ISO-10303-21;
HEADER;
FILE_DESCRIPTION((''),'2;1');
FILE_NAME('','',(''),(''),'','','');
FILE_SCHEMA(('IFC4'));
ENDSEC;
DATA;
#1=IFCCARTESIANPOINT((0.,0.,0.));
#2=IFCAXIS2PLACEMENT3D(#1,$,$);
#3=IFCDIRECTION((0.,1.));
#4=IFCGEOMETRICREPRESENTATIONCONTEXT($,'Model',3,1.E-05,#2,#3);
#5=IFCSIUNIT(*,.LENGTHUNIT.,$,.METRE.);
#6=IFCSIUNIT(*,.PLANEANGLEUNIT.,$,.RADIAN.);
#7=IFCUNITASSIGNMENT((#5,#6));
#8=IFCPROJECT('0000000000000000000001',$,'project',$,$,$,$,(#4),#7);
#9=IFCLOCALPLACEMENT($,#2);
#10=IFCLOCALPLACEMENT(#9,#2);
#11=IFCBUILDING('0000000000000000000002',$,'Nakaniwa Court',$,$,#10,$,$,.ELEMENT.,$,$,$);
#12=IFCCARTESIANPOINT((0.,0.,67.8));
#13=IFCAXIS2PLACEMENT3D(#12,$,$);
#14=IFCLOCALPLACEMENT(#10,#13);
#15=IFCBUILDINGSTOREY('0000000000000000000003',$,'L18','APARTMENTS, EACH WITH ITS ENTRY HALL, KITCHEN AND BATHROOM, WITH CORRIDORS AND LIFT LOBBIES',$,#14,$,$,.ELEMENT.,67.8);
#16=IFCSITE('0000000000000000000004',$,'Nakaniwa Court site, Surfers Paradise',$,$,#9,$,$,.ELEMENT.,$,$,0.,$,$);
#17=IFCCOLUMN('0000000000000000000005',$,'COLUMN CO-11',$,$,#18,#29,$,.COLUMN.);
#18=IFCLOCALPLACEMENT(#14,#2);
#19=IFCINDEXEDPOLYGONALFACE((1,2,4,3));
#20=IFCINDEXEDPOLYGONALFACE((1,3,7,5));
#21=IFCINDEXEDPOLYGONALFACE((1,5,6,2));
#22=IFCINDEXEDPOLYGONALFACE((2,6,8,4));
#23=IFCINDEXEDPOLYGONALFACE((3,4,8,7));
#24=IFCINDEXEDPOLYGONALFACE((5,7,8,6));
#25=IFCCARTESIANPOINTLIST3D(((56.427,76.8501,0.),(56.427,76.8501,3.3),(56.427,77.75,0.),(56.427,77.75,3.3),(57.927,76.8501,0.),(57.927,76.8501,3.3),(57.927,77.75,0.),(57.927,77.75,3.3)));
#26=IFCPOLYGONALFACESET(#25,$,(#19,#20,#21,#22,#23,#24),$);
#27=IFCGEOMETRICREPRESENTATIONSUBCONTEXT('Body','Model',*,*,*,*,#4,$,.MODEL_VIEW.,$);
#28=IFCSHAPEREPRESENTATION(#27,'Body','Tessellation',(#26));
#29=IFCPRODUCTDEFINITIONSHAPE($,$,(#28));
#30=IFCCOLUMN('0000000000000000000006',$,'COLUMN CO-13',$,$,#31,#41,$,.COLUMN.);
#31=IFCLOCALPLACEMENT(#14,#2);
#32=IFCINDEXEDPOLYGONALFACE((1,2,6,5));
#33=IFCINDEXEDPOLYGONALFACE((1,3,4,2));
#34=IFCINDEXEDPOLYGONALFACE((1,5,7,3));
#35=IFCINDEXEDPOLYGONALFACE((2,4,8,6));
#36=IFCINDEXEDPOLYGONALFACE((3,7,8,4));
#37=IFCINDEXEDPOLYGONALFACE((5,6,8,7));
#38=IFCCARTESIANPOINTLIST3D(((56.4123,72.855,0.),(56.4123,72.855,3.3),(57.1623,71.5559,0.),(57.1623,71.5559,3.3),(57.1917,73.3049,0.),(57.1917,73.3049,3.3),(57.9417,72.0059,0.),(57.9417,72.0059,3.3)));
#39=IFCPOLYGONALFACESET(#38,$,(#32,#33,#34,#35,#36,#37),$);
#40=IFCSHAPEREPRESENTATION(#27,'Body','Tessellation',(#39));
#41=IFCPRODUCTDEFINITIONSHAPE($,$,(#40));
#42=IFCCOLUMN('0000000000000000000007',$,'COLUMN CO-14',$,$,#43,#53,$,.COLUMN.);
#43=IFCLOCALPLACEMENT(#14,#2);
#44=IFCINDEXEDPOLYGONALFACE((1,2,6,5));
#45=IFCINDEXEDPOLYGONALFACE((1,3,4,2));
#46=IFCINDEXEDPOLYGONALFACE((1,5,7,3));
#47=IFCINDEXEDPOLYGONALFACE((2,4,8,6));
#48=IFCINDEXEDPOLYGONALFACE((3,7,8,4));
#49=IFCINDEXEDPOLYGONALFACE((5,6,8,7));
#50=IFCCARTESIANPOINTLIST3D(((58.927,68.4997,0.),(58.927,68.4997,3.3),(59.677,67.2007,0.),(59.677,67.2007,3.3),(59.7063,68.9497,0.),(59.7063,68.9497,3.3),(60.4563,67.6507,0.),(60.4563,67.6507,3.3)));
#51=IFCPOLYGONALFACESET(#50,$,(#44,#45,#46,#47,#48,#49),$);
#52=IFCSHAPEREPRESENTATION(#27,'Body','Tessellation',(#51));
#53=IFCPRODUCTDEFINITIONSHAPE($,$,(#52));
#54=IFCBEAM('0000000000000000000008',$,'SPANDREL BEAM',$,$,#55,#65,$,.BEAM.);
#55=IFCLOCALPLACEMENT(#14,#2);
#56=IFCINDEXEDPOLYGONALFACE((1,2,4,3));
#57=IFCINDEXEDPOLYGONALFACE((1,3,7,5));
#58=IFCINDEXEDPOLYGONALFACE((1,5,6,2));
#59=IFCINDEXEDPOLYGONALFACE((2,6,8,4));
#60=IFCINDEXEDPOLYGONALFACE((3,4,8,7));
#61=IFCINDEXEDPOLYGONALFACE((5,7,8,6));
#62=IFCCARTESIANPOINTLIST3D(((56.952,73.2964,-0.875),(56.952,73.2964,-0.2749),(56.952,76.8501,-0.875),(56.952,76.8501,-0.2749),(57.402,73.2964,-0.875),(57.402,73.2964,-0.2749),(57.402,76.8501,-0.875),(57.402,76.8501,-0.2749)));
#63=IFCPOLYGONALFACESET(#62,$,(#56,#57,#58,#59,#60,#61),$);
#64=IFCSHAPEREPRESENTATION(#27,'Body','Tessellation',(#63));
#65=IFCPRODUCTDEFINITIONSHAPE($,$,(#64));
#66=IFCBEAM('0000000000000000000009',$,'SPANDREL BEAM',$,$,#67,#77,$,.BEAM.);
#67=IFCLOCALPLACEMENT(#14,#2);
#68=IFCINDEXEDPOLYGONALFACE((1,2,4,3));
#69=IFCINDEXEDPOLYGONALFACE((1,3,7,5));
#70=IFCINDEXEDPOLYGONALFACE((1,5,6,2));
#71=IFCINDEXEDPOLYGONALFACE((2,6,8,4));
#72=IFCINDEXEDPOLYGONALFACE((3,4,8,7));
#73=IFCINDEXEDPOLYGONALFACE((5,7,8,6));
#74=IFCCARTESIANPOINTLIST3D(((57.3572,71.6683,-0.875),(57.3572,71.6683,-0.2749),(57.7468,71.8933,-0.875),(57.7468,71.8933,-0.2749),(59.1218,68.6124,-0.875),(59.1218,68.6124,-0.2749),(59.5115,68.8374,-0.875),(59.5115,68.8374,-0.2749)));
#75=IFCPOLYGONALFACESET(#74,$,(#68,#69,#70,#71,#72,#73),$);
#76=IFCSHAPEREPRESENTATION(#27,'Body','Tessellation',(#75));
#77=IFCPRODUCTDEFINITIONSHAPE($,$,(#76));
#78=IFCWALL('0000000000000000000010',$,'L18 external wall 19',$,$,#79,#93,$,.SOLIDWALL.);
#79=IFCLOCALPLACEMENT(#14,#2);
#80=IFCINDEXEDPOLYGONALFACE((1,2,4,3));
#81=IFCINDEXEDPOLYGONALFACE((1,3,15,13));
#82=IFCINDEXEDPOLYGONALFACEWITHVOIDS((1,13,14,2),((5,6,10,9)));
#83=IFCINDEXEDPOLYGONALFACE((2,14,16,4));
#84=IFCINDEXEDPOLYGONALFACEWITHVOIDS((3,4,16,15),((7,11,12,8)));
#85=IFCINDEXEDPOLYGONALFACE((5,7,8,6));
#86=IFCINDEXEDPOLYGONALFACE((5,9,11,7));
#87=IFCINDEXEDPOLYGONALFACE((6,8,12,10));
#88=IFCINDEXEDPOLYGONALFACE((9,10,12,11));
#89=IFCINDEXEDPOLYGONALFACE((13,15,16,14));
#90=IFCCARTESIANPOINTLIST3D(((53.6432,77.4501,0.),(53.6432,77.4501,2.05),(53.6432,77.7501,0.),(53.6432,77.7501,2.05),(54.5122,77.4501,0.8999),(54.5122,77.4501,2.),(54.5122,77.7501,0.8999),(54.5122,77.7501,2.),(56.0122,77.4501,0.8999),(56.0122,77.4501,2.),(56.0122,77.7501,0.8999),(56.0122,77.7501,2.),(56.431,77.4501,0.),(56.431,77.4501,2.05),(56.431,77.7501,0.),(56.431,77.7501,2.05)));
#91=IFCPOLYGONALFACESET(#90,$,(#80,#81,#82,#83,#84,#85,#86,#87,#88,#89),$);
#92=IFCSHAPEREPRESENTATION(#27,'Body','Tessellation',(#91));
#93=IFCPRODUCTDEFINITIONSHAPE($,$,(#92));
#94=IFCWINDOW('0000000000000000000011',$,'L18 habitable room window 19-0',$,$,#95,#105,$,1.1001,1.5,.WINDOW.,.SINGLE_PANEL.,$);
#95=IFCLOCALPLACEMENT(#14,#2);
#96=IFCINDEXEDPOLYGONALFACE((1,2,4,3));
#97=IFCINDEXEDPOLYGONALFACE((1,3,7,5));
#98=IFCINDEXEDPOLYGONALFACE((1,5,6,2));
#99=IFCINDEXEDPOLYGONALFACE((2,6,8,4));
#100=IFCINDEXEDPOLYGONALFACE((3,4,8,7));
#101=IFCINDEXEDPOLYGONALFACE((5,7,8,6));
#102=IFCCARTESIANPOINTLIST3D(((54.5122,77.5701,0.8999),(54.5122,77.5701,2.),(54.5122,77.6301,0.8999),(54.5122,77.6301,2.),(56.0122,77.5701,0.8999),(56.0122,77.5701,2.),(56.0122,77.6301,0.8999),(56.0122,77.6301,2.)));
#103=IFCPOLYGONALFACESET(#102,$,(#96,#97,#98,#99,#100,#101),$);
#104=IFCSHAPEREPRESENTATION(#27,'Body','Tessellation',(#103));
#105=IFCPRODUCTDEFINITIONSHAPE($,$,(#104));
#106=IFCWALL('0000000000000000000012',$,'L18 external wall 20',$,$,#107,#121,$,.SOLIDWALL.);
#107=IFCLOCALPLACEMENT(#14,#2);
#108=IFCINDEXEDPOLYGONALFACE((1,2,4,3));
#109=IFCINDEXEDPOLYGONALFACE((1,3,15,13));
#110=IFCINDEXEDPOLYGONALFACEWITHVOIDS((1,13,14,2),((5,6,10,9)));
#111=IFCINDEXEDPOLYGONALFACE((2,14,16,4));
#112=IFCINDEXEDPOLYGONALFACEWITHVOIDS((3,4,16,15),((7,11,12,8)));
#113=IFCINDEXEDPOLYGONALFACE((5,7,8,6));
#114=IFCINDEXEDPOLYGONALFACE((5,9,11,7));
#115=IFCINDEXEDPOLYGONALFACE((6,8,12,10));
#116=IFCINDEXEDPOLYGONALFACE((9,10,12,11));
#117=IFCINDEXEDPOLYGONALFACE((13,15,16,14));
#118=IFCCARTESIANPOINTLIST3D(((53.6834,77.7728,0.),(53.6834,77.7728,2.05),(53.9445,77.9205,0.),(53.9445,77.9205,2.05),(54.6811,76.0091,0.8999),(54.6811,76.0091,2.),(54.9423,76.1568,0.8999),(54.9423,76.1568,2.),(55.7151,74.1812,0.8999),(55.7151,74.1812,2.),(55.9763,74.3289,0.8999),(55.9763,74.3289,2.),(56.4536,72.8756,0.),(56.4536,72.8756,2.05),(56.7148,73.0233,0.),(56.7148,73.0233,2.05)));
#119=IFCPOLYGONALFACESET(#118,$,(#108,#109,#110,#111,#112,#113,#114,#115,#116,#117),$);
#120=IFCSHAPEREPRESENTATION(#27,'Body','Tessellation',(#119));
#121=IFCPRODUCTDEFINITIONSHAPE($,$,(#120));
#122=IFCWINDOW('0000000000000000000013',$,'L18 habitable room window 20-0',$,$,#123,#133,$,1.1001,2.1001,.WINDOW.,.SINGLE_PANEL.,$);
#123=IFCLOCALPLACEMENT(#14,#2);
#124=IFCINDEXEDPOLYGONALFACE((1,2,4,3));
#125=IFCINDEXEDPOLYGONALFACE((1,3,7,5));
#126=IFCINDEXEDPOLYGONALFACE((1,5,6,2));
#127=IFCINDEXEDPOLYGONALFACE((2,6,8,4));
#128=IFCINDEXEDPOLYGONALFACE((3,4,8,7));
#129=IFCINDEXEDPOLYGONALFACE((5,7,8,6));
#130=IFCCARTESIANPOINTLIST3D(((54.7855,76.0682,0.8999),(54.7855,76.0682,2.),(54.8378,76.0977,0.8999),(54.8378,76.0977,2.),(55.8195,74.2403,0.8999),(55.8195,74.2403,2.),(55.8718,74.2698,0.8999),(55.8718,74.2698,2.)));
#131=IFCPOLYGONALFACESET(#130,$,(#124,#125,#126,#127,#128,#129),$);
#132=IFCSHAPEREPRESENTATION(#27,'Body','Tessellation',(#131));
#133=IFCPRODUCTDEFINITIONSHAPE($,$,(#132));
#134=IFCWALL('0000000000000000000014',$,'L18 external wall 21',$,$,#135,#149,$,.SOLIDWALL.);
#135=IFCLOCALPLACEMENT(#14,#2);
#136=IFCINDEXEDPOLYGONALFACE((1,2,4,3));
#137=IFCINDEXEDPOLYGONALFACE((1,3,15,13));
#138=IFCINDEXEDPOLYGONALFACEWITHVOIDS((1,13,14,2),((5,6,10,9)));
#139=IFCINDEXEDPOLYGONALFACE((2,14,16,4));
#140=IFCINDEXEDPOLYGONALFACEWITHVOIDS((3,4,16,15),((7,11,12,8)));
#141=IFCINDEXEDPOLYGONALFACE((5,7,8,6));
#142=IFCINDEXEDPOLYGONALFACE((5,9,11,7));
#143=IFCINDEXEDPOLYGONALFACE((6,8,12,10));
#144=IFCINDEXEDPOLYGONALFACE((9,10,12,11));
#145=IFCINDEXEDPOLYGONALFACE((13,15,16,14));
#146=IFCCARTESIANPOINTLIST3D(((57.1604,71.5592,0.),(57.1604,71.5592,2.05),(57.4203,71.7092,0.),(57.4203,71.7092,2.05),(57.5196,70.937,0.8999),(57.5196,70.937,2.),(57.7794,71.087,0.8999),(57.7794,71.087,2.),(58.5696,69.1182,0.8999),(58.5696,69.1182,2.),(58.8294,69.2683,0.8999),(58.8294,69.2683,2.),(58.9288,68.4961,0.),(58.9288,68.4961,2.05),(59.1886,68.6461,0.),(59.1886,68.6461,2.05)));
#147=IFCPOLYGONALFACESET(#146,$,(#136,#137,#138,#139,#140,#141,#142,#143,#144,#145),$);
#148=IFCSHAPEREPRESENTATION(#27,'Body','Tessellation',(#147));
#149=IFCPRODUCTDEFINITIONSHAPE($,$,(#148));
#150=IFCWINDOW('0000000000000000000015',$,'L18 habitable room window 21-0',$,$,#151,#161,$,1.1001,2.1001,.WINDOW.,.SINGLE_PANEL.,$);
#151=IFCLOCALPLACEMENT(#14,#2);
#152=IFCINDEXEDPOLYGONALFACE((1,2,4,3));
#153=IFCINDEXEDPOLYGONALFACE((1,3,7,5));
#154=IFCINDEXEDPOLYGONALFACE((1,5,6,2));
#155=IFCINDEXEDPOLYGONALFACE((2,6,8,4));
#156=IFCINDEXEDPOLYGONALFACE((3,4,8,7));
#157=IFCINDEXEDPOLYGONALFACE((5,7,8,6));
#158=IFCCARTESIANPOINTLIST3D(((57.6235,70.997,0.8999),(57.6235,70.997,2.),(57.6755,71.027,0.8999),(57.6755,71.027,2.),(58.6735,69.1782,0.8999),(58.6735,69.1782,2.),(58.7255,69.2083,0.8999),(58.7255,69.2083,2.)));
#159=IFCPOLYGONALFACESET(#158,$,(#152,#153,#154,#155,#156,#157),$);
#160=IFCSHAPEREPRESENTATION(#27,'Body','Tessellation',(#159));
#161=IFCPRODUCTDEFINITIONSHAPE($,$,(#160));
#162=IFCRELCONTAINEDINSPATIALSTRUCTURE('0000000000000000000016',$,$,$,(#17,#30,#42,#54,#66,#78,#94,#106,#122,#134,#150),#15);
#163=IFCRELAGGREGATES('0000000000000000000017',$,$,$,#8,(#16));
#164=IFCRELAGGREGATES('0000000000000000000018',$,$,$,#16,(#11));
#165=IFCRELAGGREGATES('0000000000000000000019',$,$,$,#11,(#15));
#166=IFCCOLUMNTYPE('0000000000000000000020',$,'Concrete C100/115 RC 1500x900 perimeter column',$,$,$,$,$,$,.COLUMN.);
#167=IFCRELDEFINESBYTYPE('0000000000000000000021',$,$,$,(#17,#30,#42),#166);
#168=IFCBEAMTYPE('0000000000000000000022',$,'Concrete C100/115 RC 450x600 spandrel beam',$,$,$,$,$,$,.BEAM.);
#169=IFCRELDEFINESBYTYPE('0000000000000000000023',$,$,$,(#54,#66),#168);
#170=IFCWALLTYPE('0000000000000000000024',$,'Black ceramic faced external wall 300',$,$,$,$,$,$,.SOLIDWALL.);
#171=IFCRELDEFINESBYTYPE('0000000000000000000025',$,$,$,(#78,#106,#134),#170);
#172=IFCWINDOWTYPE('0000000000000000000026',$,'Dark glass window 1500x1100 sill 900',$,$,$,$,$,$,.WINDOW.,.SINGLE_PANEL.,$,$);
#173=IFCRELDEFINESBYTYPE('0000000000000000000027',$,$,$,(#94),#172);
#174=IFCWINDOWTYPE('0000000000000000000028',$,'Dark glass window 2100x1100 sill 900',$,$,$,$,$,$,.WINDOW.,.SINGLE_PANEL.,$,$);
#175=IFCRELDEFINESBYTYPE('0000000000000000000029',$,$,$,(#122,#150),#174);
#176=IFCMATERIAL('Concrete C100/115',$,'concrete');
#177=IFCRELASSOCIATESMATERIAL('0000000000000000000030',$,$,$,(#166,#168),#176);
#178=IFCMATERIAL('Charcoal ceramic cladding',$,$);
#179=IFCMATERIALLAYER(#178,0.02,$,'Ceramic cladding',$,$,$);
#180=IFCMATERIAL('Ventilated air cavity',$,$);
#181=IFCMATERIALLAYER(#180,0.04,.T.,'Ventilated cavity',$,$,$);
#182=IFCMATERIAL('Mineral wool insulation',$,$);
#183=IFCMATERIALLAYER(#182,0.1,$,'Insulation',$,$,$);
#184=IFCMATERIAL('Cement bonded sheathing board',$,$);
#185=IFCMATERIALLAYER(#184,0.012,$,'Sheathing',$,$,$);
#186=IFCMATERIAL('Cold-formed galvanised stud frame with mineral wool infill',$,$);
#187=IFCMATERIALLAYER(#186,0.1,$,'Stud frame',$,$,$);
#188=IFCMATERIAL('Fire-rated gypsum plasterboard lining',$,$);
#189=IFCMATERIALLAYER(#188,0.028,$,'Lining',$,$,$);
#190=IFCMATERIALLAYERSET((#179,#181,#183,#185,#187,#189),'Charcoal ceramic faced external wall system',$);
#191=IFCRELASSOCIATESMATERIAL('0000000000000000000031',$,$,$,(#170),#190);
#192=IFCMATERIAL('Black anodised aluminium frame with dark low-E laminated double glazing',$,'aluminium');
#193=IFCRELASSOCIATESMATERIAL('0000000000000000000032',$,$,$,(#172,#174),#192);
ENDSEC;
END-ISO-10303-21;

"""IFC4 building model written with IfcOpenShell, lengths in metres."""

from ifc_helpers import new_model, si_unit, direction, frame, frame_2d, origin, origin_2d, place, context, subcontext, project, spatial, rectangle, extrude, material, layer, layer_set, material_profile, profile_set, type_object, element, fill, save


model = new_model("IFC4")

# Units and contexts
model_context = context("Model", 3, precision=1e-05, world=origin(), true_north=direction((0.0, 1.0)))
body_context = subcontext(model_context, "Body", "Model", "MODEL_VIEW")
ifc_project = project(units=[si_unit("LENGTHUNIT", "METRE"), si_unit("PLANEANGLEUNIT", "RADIAN")], contexts=[model_context])

# Site, building, storey
site_placement = place(None, origin())
site = spatial("IfcSite", under=ifc_project, at=site_placement, Name="Nakaniwa Court site, Surfers Paradise", CompositionType="ELEMENT", RefElevation=0.0)
building_placement = place(site_placement, origin())
building = spatial("IfcBuilding", under=site, at=building_placement, Name="Nakaniwa Court", CompositionType="ELEMENT")
storey_placement = place(building_placement, frame((0.0, 0.0, 67.8)))
storey = spatial("IfcBuildingStorey", under=building, at=storey_placement, Name="L18", Description="APARTMENTS, EACH WITH ITS ENTRY HALL, KITCHEN AND BATHROOM, WITH CORRIDORS AND LIFT LOBBIES", CompositionType="ELEMENT", Elevation=67.8)

# Columns
ifc_material_1 = material(Name="Concrete C100/115", Category="concrete")
ifc_material_profile_1 = material_profile(ifc_material_1, rectangle(XDim=1.5, YDim=0.8999, at=origin_2d()), Name="Concrete C100/115 RC 1500x900 perimeter column")
ifc_profile_set_1 = profile_set([ifc_material_profile_1], Name="Concrete C100/115")
column_type = type_object("IfcColumnType", Name="Concrete C100/115 RC 1500x900 perimeter column", PredefinedType="COLUMN", material=ifc_profile_set_1)
for number, where, z_axis, x_axis, name in (
    (1, (57.177, 77.3, 0.0), (0.0, 0.0, 1.0), (-1.0, 0.0, 0.0), "COLUMN CO-11"),
    (2, (57.177, 72.4304, 0.0), (0.0, 0.0, 1.0), (0.5, -0.866025, 0.0), "COLUMN CO-13"),
    (3, (59.6917, 68.0752, 0.0), (0.0, 0.0, 1.0), (0.5, -0.866025, 0.0), "COLUMN CO-14"),
):
    element("IfcColumn", number, at=place(storey_placement, frame(where, z_axis=z_axis, x_axis=x_axis)), inside=storey, type_object=column_type, Name=name, PredefinedType="COLUMN", context=body_context, shape_type="SweptSolid", body=[
        extrude(rectangle(XDim=1.5, YDim=0.8999, at=origin_2d()), origin(), (0.0, 0.0, 1.0), 3.3),
    ])

# Beams
ifc_material_profile_2 = material_profile(ifc_material_1, rectangle(XDim=0.45, YDim=0.6001, at=origin_2d()), Name="Concrete C100/115 RC 450x600 spandrel beam")
ifc_profile_set_2 = profile_set([ifc_material_profile_2], Name="Concrete C100/115")
beam_type = type_object("IfcBeamType", Name="Concrete C100/115 RC 450x600 spandrel beam", PredefinedType="BEAM", material=ifc_profile_set_2)
beam_1_placement = place(storey_placement, frame((57.177, 76.8501, -0.575), z_axis=(0.0, -1.0, 0.0), x_axis=(1.0, 0.0, 0.0)))
element("IfcBeam", 4, at=beam_1_placement, inside=storey, type_object=beam_type, Name="SPANDREL BEAM", PredefinedType="BEAM", context=body_context, shape_type="SweptSolid", body=[
    extrude(rectangle(XDim=0.45, YDim=0.6001, at=origin_2d()), origin(), (0.0, 0.0, 1.0), 3.5537),
])
beam_2_placement = place(storey_placement, frame((57.552, 71.7808, -0.575), z_axis=(0.500068, -0.865986, 0.0), x_axis=(0.865986, 0.500068, 0.0)))
element("IfcBeam", 5, at=beam_2_placement, inside=storey, type_object=beam_type, Name="SPANDREL BEAM", PredefinedType="BEAM", context=body_context, shape_type="SweptSolid", body=[
    extrude(rectangle(XDim=0.45, YDim=0.6001, at=origin_2d()), origin(), (0.0, 0.0, 1.0), 3.5288),
])

# Walls, openings, windows
ifc_material_2 = material(Name="Charcoal ceramic cladding")
ifc_layer_1 = layer(ifc_material_2, 0.02, Name="Ceramic cladding")
ifc_material_3 = material(Name="Ventilated air cavity")
ifc_layer_2 = layer(ifc_material_3, 0.04, ventilated=True, Name="Ventilated cavity")
ifc_material_4 = material(Name="Mineral wool insulation")
ifc_layer_3 = layer(ifc_material_4, 0.1, Name="Insulation")
ifc_material_5 = material(Name="Cement bonded sheathing board")
ifc_layer_4 = layer(ifc_material_5, 0.012, Name="Sheathing")
ifc_material_6 = material(Name="Cold-formed galvanised stud frame with mineral wool infill")
ifc_layer_5 = layer(ifc_material_6, 0.1, Name="Stud frame")
ifc_material_7 = material(Name="Fire-rated gypsum plasterboard lining")
ifc_layer_6 = layer(ifc_material_7, 0.028, Name="Lining")
ifc_layer_set = layer_set([ifc_layer_1, ifc_layer_2, ifc_layer_3, ifc_layer_4, ifc_layer_5, ifc_layer_6], Name="Charcoal ceramic faced external wall system")
wall_type = type_object("IfcWallType", Name="Black ceramic faced external wall 300", PredefinedType="SOLIDWALL", material=ifc_layer_set)
wall_1_placement = place(storey_placement, frame((56.4312, 77.6001, 0.0), z_axis=(0.0, 0.0, 1.0), x_axis=(-1.0, 0.0, 0.0)))
wall_1 = element("IfcWall", 6, at=wall_1_placement, inside=storey, type_object=wall_type, Name="L18 external wall 19", PredefinedType="SOLIDWALL", context=body_context, shape_type="SweptSolid", body=[
    extrude(rectangle(XDim=2.7878, YDim=0.3, at=frame_2d((1.394, 0.0))), origin(), (0.0, 0.0, 1.0), 2.05),
])
opening_1_placement = place(wall_1_placement, frame((0.4189, 0.0, 0.8999)))
opening_1 = element("IfcOpeningElement", 7, at=opening_1_placement, cuts=wall_1, PredefinedType="OPENING", context=body_context, shape_type="SweptSolid", body=[
    extrude(rectangle(XDim=1.5, YDim=1.1001, at=frame_2d((0.75, 0.55))), frame((0.0, 0.1599, 0.0), z_axis=(0.0, -1.0, 0.0), x_axis=(1.0, 0.0, 0.0)), (0.0, 0.0, 1.0), 0.3201),
])
ifc_material_8 = material(Name="Black anodised aluminium frame with dark low-E laminated double glazing", Category="aluminium")
window_type_1 = type_object("IfcWindowType", Name="Dark glass window 1500x1100 sill 900", PartitioningType="SINGLE_PANEL", PredefinedType="WINDOW", material=ifc_material_8)
window_1_placement = place(opening_1_placement, origin())
window_1 = element("IfcWindow", 8, at=window_1_placement, inside=storey, type_object=window_type_1, Name="L18 habitable room window 19-0", OverallHeight=1.1001, OverallWidth=1.5, PartitioningType="SINGLE_PANEL", PredefinedType="WINDOW", context=body_context, shape_type="SweptSolid", body=[
    extrude(rectangle(XDim=1.5, YDim=1.1001, at=frame_2d((0.75, 0.55))), frame((0.0, 0.03, 0.0), z_axis=(0.0, -1.0, 0.0), x_axis=(1.0, 0.0, 0.0)), (0.0, 0.0, 1.0), 0.0601),
])
fill(opening_1, window_1)
wall_2_placement = place(storey_placement, frame((53.814, 77.8467, 0.0), z_axis=(0.0, 0.0, 1.0), x_axis=(0.492363, -0.87039, 0.0)))
wall_2 = element("IfcWall", 9, at=wall_2_placement, inside=storey, type_object=wall_type, Name="L18 external wall 20", PredefinedType="SOLIDWALL", context=body_context, shape_type="SweptSolid", body=[
    extrude(rectangle(XDim=5.6265, YDim=0.3, at=frame_2d((2.8132, 0.0))), origin(), (0.0, 0.0, 1.0), 2.05),
])
opening_2_placement = place(wall_2_placement, frame((2.0264, 0.0, 0.8999)))
opening_2 = element("IfcOpeningElement", 10, at=opening_2_placement, cuts=wall_2, PredefinedType="OPENING", context=body_context, shape_type="SweptSolid", body=[
    extrude(rectangle(XDim=2.1001, YDim=1.1001, at=frame_2d((1.05, 0.55))), frame((0.0, 0.1599, 0.0), z_axis=(0.0, -1.0, 0.0), x_axis=(1.0, 0.0, 0.0)), (0.0, 0.0, 1.0), 0.3201),
])
window_type_2 = type_object("IfcWindowType", Name="Dark glass window 2100x1100 sill 900", PartitioningType="SINGLE_PANEL", PredefinedType="WINDOW", material=ifc_material_8)
window_2_placement = place(opening_2_placement, origin())
window_2 = element("IfcWindow", 11, at=window_2_placement, inside=storey, type_object=window_type_2, Name="L18 habitable room window 20-0", OverallHeight=1.1001, OverallWidth=2.1001, PartitioningType="SINGLE_PANEL", PredefinedType="WINDOW", context=body_context, shape_type="SweptSolid", body=[
    extrude(rectangle(XDim=2.1001, YDim=1.1001, at=frame_2d((1.05, 0.55))), frame((0.0, 0.03, 0.0), z_axis=(0.0, -1.0, 0.0), x_axis=(1.0, 0.0, 0.0)), (0.0, 0.0, 1.0), 0.0601),
])
fill(opening_2, window_2)
wall_3_placement = place(storey_placement, frame((57.2903, 71.6343, 0.0), z_axis=(0.0, 0.0, 1.0), x_axis=(0.499977, -0.866038, 0.0)))
wall_3 = element("IfcWall", 12, at=wall_3_placement, inside=storey, type_object=wall_type, Name="L18 external wall 21", PredefinedType="SOLIDWALL", context=body_context, shape_type="SweptSolid", body=[
    extrude(rectangle(XDim=3.5369, YDim=0.3, at=frame_2d((1.7686, 0.0))), origin(), (0.0, 0.0, 1.0), 2.05),
])
opening_3_placement = place(wall_3_placement, frame((0.7185, 0.0, 0.8999)))
opening_3 = element("IfcOpeningElement", 13, at=opening_3_placement, cuts=wall_3, PredefinedType="OPENING", context=body_context, shape_type="SweptSolid", body=[
    extrude(rectangle(XDim=2.1001, YDim=1.1001, at=frame_2d((1.05, 0.55))), frame((0.0, 0.1599, 0.0), z_axis=(0.0, -1.0, 0.0), x_axis=(1.0, 0.0, 0.0)), (0.0, 0.0, 1.0), 0.3201),
])
window_3_placement = place(opening_3_placement, origin())
window_3 = element("IfcWindow", 14, at=window_3_placement, inside=storey, type_object=window_type_2, Name="L18 habitable room window 21-0", OverallHeight=1.1001, OverallWidth=2.1001, PartitioningType="SINGLE_PANEL", PredefinedType="WINDOW", context=body_context, shape_type="SweptSolid", body=[
    extrude(rectangle(XDim=2.1001, YDim=1.1001, at=frame_2d((1.05, 0.55))), frame((0.0, 0.03, 0.0), z_axis=(0.0, -1.0, 0.0), x_axis=(1.0, 0.0, 0.0)), (0.0, 0.0, 1.0), 0.0601),
])
fill(opening_3, window_3)

save(model, "model.ifc")
